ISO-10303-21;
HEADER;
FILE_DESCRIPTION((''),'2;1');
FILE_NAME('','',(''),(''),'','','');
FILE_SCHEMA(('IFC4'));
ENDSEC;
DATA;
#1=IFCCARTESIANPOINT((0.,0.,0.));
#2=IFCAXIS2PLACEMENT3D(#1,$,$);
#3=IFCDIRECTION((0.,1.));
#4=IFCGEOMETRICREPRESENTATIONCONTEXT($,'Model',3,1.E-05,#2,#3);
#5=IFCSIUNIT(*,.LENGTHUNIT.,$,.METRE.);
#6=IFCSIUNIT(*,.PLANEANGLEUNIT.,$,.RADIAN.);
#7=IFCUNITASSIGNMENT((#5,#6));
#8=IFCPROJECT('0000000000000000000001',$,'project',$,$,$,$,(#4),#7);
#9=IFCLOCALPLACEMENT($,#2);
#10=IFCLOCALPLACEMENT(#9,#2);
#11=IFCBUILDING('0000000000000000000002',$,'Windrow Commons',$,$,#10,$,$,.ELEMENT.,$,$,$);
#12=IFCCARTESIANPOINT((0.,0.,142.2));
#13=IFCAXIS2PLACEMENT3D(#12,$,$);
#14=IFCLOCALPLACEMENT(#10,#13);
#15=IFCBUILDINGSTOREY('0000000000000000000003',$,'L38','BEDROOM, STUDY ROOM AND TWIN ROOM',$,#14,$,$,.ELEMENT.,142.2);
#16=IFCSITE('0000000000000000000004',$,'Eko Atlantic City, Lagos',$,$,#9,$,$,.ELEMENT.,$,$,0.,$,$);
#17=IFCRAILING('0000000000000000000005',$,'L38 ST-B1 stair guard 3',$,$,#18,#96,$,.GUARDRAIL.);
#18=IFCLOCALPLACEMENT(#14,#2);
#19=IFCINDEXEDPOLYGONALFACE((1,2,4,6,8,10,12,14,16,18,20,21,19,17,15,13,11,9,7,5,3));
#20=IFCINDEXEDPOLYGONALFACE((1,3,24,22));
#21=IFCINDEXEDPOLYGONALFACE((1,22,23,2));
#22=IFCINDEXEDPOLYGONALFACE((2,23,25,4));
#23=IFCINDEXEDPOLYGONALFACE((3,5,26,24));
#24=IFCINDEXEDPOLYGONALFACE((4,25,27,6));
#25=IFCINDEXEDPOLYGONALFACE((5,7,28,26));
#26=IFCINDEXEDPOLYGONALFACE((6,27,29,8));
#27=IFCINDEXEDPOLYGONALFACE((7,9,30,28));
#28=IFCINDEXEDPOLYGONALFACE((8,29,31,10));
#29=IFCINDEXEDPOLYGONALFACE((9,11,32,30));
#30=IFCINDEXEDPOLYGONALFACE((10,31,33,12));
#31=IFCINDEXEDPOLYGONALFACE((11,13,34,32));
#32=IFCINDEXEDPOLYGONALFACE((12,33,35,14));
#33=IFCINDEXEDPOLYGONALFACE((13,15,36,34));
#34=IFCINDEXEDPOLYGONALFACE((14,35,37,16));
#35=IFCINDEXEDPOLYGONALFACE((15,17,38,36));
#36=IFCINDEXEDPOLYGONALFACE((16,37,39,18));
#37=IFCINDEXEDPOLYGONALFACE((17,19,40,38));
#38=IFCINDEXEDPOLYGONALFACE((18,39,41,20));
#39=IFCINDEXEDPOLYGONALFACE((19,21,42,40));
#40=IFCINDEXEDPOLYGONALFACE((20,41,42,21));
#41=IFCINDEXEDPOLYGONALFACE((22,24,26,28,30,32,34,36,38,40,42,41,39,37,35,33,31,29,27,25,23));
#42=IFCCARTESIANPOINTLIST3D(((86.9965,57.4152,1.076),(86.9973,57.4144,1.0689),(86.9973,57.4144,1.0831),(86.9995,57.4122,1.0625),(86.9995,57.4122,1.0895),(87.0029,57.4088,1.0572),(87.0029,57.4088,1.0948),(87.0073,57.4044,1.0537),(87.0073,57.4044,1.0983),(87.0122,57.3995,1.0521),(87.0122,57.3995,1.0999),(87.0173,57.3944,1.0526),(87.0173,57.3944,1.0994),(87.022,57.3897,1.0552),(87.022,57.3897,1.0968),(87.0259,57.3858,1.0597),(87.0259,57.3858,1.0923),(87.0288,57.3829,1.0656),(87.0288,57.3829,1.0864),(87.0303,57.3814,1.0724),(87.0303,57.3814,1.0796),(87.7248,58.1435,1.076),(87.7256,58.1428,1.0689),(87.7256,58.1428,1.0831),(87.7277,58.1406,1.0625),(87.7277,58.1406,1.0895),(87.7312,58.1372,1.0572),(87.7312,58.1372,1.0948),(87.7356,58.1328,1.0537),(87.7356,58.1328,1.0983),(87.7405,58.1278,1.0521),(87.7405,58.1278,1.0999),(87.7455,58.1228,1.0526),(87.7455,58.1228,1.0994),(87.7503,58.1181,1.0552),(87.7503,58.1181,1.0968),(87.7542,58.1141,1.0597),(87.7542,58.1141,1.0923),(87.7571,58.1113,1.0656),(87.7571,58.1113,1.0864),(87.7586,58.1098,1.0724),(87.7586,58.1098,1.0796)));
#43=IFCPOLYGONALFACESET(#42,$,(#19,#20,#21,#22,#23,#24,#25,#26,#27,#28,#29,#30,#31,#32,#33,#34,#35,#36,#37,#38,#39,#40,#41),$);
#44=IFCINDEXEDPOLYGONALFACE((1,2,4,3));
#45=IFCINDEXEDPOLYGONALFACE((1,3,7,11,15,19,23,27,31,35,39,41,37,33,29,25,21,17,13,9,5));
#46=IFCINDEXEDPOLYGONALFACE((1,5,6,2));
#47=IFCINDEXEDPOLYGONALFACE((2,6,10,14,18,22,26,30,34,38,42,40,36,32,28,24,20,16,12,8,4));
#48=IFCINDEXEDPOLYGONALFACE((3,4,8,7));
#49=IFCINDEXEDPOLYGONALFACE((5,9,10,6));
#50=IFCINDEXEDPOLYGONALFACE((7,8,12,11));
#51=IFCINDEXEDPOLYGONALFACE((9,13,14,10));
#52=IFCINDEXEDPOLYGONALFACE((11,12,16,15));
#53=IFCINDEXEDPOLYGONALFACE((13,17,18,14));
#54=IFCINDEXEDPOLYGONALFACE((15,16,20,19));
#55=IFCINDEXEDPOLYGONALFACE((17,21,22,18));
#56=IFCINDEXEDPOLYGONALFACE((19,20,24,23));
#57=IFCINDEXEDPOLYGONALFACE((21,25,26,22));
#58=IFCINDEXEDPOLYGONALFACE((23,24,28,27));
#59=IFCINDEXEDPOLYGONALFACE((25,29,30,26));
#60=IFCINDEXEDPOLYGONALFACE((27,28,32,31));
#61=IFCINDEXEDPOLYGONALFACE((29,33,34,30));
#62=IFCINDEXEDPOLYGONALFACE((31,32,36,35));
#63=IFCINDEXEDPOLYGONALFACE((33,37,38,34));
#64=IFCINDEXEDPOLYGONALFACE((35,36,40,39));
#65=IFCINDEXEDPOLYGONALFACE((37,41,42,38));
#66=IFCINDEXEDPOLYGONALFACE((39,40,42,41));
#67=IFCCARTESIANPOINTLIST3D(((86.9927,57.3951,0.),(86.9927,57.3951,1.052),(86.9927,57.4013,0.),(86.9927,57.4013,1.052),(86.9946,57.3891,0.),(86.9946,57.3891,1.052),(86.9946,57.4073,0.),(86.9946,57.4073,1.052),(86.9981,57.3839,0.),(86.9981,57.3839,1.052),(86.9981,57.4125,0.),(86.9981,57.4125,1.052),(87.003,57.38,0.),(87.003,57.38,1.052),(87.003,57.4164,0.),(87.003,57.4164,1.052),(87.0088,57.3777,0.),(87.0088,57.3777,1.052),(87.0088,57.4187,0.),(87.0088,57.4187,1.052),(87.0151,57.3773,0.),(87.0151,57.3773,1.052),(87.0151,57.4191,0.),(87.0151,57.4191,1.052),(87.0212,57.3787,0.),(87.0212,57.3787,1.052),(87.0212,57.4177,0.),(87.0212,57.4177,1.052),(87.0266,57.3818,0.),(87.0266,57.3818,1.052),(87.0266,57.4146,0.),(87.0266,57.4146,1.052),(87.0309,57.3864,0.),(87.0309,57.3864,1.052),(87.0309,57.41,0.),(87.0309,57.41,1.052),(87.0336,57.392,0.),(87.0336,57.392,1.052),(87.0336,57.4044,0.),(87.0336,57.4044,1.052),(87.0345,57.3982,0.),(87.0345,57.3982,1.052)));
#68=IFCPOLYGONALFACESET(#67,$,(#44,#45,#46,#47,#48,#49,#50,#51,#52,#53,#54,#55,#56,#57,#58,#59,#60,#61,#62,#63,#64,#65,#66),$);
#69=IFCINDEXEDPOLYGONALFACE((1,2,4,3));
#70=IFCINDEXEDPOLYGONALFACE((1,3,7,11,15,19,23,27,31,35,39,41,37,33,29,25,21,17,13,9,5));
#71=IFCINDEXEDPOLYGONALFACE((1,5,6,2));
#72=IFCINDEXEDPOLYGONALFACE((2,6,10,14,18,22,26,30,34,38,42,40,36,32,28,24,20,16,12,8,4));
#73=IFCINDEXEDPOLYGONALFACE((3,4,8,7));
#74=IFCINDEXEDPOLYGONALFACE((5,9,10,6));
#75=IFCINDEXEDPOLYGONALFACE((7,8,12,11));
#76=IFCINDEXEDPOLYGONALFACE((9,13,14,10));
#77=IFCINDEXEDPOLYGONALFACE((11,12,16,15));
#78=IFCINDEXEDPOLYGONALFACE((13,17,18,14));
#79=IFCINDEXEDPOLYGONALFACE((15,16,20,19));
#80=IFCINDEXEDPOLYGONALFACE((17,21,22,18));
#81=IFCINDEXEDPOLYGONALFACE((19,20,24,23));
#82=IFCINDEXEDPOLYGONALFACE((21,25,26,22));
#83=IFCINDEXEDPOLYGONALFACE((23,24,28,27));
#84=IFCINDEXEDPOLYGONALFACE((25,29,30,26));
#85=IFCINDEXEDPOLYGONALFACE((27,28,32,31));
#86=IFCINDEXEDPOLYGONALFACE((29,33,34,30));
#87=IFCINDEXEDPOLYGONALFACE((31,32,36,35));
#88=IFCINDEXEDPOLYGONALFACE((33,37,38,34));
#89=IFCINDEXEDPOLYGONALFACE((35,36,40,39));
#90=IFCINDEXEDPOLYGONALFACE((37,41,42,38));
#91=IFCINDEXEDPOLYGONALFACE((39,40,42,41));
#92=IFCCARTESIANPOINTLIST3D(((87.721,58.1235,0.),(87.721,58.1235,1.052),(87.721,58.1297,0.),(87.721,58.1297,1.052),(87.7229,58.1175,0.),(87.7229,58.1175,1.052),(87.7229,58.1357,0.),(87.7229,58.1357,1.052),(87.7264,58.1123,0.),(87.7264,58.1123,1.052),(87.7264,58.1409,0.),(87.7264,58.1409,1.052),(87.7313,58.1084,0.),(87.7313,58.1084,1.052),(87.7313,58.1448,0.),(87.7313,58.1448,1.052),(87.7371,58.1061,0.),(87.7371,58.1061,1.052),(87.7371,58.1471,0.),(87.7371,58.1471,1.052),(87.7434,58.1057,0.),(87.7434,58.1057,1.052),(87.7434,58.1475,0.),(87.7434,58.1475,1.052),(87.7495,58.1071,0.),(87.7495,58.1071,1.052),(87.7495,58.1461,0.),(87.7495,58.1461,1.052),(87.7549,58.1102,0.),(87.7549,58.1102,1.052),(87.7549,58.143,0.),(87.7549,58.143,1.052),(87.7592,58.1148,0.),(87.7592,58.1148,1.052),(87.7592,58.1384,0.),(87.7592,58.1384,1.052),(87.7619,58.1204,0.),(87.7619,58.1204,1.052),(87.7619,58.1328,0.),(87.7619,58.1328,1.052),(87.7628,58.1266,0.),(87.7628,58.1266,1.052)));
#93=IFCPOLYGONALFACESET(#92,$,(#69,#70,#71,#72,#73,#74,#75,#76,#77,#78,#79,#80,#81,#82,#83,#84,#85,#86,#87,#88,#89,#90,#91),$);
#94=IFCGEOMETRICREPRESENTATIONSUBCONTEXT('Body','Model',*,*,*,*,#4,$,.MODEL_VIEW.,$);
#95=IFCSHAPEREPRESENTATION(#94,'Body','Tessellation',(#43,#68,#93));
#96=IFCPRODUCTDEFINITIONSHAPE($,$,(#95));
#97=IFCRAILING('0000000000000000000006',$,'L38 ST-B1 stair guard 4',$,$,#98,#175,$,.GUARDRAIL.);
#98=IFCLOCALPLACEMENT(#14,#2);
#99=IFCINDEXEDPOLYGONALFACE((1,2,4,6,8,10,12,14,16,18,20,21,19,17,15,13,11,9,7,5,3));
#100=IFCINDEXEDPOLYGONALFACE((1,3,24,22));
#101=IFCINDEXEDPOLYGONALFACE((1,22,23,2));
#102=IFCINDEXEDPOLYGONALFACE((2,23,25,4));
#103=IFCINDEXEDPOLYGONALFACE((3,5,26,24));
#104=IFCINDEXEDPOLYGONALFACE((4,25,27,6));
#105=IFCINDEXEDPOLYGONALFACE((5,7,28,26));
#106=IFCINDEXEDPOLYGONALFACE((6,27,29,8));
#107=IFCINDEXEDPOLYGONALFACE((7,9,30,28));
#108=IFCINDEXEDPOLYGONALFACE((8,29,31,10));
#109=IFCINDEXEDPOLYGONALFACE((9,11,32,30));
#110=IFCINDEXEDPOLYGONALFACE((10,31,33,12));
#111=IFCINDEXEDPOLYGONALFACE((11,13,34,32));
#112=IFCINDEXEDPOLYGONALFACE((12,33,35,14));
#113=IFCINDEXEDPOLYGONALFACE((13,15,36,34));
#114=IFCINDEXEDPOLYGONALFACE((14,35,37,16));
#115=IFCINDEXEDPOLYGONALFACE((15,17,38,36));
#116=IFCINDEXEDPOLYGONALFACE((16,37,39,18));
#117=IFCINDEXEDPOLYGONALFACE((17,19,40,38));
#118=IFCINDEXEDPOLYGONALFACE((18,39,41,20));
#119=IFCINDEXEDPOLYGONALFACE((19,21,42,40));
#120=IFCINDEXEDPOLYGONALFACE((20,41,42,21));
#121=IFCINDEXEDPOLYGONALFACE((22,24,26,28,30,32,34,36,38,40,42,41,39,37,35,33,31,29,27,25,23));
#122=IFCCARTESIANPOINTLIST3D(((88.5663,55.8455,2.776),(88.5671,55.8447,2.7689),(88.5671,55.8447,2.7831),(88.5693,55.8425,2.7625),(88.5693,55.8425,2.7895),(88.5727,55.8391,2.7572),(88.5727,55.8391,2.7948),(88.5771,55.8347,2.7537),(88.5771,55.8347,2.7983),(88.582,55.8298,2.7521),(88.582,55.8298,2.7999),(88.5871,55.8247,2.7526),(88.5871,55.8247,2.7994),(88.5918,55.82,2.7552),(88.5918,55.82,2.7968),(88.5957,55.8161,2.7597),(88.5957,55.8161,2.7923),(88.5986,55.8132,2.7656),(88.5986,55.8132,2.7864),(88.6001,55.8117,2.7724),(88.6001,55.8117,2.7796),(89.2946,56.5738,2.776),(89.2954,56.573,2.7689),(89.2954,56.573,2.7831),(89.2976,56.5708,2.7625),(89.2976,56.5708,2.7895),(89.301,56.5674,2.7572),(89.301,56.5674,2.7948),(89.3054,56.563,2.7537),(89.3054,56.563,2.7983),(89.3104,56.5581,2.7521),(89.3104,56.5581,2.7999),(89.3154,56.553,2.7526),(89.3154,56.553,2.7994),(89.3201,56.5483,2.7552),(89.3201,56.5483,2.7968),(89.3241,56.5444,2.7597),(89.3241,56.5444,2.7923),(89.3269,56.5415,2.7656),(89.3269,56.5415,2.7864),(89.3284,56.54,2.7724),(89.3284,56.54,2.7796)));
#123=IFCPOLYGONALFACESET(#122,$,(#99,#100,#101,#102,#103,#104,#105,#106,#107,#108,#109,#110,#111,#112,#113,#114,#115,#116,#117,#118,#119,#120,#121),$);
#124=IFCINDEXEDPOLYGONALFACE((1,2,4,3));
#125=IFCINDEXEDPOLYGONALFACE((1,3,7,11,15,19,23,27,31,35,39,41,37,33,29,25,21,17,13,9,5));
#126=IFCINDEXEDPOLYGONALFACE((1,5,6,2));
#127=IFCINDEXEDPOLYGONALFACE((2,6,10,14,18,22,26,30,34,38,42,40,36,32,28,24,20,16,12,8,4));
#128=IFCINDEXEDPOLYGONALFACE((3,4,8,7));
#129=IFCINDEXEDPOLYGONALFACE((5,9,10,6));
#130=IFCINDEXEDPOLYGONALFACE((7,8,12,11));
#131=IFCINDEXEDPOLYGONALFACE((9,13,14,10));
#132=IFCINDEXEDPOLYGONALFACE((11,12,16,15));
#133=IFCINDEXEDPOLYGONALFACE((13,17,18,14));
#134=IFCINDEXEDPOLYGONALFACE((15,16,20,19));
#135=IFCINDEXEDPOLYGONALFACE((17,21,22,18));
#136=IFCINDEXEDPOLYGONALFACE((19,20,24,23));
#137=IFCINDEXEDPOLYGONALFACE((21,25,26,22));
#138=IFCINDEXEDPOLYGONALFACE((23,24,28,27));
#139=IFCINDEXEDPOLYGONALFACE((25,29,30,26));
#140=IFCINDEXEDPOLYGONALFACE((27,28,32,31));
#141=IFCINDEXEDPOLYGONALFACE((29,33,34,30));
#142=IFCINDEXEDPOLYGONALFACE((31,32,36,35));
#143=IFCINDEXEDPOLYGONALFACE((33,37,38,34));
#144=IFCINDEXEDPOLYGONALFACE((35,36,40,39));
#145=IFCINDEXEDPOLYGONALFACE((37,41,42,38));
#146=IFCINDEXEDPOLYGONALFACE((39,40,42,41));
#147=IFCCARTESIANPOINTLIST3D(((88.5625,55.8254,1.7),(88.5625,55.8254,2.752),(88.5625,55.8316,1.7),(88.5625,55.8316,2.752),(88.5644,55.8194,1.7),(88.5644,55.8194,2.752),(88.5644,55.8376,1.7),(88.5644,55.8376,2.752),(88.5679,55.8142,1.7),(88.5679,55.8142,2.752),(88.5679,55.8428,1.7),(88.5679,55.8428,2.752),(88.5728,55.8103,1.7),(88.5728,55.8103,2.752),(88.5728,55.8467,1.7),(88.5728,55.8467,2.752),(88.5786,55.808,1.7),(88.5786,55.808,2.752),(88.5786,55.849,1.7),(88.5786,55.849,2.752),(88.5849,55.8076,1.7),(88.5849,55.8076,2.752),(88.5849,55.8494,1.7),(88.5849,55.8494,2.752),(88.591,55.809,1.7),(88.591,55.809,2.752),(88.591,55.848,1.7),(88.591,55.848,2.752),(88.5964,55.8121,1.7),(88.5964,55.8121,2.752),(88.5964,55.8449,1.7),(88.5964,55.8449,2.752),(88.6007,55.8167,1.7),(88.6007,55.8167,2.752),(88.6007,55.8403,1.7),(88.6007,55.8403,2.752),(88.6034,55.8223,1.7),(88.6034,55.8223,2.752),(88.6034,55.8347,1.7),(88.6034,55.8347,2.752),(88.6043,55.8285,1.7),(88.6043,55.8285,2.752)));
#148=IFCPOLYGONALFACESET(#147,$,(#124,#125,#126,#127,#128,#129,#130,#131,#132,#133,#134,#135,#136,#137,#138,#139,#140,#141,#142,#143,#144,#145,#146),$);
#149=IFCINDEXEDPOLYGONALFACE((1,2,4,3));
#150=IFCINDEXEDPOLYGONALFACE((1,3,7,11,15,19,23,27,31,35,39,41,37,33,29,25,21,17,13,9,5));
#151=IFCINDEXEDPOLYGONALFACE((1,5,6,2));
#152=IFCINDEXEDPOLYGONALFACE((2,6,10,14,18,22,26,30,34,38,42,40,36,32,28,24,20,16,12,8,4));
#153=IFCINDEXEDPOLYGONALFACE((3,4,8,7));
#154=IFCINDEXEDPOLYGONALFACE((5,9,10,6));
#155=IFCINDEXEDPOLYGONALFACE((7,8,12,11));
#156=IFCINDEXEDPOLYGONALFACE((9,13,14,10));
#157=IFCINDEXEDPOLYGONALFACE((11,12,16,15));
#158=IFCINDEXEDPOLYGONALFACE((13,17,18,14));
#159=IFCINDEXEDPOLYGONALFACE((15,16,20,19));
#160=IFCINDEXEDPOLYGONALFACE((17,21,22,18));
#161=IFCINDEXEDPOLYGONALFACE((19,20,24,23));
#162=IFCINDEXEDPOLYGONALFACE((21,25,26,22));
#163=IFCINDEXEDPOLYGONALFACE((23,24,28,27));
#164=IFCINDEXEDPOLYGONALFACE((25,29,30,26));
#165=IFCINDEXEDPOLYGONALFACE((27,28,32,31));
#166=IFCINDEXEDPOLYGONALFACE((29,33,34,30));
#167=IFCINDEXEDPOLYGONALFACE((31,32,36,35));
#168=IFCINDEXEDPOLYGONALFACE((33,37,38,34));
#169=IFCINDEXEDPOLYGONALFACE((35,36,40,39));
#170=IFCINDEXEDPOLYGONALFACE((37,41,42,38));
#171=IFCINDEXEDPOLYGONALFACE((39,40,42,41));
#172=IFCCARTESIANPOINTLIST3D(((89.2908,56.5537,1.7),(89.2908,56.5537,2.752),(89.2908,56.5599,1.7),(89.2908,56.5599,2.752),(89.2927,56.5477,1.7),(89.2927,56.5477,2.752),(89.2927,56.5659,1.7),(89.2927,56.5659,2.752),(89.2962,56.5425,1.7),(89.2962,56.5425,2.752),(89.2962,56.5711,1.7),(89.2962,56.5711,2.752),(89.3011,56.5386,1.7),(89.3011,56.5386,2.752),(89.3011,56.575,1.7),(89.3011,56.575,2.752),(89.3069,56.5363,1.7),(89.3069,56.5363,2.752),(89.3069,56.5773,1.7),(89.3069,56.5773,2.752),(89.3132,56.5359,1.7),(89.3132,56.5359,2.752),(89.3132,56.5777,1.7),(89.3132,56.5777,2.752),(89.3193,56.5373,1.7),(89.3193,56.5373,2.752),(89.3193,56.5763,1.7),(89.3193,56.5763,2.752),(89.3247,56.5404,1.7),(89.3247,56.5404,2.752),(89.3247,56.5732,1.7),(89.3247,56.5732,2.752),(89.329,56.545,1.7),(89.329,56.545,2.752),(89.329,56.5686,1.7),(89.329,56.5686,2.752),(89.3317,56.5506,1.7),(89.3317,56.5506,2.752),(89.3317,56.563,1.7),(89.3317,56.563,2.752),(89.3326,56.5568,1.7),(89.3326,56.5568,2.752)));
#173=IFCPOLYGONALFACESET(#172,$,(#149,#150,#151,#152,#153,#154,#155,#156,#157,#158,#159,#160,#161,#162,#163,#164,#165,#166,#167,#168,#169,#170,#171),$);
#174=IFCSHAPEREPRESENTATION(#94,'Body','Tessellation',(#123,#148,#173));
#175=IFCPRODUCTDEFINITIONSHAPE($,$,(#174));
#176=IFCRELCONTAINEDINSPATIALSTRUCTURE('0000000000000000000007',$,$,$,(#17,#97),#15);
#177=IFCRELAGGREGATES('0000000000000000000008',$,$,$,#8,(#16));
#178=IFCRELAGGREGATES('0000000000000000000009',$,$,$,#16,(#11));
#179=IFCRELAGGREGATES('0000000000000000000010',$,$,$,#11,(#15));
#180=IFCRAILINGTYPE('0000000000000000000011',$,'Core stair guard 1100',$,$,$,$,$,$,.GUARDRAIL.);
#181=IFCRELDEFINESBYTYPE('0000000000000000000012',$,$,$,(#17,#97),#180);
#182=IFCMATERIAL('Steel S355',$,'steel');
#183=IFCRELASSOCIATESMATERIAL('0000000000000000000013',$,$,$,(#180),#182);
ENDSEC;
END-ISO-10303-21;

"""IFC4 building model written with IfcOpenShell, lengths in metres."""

from ifc_helpers import new_model, si_unit, direction, frame, origin, origin_2d, place, context, subcontext, project, spatial, circle, extrude, material, type_object, element, save


model = new_model("IFC4")

# Units and contexts
model_context = context("Model", 3, precision=1e-05, world=origin(), true_north=direction((0.0, 1.0)))
body_context = subcontext(model_context, "Body", "Model", "MODEL_VIEW")
ifc_project = project(units=[si_unit("LENGTHUNIT", "METRE"), si_unit("PLANEANGLEUNIT", "RADIAN")], contexts=[model_context])

# Site, building, storey
site_placement = place(None, origin())
site = spatial("IfcSite", under=ifc_project, at=site_placement, Name="Eko Atlantic City, Lagos", CompositionType="ELEMENT", RefElevation=0.0)
building_placement = place(site_placement, origin())
building = spatial("IfcBuilding", under=site, at=building_placement, Name="Windrow Commons", CompositionType="ELEMENT")
storey_placement = place(building_placement, frame((0.0, 0.0, 142.2)))
storey = spatial("IfcBuildingStorey", under=building, at=storey_placement, Name="L38", Description="BEDROOM, STUDY ROOM AND TWIN ROOM", CompositionType="ELEMENT", Elevation=142.2)

# Railings
ifc_material_1 = material(Name="Steel S355", Category="steel")
railing_type_1 = type_object("IfcRailingType", Name="Core stair guard 1100", PredefinedType="GUARDRAIL", material=ifc_material_1)
railing_1_placement = place(storey_placement, frame((87.0135, 57.3982, 0.0)))
element("IfcRailing", 1, at=railing_1_placement, inside=storey, type_object=railing_type_1, Name="L38 ST-B1 stair guard 3", PredefinedType="GUARDRAIL", context=body_context, shape_type="SweptSolid", body=[
    extrude(circle(Radius=0.024, at=origin_2d()), frame((0.0, 0.0, 1.076), z_axis=(0.707058, 0.707155, 0.0), x_axis=(-0.707155, 0.707058, 0.0)), (0.0, 0.0, 1.0), 1.03),
    extrude(circle(Radius=0.021, at=origin_2d()), origin(), (0.0, 0.0, 1.0), 1.052),
    extrude(circle(Radius=0.021, at=origin_2d()), frame((0.7283, 0.7284, 0.0)), (0.0, 0.0, 1.0), 1.052),
])
railing_2_placement = place(storey_placement, frame((88.5833, 55.8285, 1.7)))
element("IfcRailing", 2, at=railing_2_placement, inside=storey, type_object=railing_type_1, Name="L38 ST-B1 stair guard 4", PredefinedType="GUARDRAIL", context=body_context, shape_type="SweptSolid", body=[
    extrude(circle(Radius=0.024, at=origin_2d()), frame((0.0, 0.0, 1.076), z_axis=(0.707107, 0.707107, 0.0), x_axis=(-0.707107, 0.707107, 0.0)), (0.0, 0.0, 1.0), 1.03),
    extrude(circle(Radius=0.021, at=origin_2d()), origin(), (0.0, 0.0, 1.0), 1.052),
    extrude(circle(Radius=0.021, at=origin_2d()), frame((0.7283, 0.7283, 0.0)), (0.0, 0.0, 1.0), 1.052),
])

save(model, "model.ifc")
